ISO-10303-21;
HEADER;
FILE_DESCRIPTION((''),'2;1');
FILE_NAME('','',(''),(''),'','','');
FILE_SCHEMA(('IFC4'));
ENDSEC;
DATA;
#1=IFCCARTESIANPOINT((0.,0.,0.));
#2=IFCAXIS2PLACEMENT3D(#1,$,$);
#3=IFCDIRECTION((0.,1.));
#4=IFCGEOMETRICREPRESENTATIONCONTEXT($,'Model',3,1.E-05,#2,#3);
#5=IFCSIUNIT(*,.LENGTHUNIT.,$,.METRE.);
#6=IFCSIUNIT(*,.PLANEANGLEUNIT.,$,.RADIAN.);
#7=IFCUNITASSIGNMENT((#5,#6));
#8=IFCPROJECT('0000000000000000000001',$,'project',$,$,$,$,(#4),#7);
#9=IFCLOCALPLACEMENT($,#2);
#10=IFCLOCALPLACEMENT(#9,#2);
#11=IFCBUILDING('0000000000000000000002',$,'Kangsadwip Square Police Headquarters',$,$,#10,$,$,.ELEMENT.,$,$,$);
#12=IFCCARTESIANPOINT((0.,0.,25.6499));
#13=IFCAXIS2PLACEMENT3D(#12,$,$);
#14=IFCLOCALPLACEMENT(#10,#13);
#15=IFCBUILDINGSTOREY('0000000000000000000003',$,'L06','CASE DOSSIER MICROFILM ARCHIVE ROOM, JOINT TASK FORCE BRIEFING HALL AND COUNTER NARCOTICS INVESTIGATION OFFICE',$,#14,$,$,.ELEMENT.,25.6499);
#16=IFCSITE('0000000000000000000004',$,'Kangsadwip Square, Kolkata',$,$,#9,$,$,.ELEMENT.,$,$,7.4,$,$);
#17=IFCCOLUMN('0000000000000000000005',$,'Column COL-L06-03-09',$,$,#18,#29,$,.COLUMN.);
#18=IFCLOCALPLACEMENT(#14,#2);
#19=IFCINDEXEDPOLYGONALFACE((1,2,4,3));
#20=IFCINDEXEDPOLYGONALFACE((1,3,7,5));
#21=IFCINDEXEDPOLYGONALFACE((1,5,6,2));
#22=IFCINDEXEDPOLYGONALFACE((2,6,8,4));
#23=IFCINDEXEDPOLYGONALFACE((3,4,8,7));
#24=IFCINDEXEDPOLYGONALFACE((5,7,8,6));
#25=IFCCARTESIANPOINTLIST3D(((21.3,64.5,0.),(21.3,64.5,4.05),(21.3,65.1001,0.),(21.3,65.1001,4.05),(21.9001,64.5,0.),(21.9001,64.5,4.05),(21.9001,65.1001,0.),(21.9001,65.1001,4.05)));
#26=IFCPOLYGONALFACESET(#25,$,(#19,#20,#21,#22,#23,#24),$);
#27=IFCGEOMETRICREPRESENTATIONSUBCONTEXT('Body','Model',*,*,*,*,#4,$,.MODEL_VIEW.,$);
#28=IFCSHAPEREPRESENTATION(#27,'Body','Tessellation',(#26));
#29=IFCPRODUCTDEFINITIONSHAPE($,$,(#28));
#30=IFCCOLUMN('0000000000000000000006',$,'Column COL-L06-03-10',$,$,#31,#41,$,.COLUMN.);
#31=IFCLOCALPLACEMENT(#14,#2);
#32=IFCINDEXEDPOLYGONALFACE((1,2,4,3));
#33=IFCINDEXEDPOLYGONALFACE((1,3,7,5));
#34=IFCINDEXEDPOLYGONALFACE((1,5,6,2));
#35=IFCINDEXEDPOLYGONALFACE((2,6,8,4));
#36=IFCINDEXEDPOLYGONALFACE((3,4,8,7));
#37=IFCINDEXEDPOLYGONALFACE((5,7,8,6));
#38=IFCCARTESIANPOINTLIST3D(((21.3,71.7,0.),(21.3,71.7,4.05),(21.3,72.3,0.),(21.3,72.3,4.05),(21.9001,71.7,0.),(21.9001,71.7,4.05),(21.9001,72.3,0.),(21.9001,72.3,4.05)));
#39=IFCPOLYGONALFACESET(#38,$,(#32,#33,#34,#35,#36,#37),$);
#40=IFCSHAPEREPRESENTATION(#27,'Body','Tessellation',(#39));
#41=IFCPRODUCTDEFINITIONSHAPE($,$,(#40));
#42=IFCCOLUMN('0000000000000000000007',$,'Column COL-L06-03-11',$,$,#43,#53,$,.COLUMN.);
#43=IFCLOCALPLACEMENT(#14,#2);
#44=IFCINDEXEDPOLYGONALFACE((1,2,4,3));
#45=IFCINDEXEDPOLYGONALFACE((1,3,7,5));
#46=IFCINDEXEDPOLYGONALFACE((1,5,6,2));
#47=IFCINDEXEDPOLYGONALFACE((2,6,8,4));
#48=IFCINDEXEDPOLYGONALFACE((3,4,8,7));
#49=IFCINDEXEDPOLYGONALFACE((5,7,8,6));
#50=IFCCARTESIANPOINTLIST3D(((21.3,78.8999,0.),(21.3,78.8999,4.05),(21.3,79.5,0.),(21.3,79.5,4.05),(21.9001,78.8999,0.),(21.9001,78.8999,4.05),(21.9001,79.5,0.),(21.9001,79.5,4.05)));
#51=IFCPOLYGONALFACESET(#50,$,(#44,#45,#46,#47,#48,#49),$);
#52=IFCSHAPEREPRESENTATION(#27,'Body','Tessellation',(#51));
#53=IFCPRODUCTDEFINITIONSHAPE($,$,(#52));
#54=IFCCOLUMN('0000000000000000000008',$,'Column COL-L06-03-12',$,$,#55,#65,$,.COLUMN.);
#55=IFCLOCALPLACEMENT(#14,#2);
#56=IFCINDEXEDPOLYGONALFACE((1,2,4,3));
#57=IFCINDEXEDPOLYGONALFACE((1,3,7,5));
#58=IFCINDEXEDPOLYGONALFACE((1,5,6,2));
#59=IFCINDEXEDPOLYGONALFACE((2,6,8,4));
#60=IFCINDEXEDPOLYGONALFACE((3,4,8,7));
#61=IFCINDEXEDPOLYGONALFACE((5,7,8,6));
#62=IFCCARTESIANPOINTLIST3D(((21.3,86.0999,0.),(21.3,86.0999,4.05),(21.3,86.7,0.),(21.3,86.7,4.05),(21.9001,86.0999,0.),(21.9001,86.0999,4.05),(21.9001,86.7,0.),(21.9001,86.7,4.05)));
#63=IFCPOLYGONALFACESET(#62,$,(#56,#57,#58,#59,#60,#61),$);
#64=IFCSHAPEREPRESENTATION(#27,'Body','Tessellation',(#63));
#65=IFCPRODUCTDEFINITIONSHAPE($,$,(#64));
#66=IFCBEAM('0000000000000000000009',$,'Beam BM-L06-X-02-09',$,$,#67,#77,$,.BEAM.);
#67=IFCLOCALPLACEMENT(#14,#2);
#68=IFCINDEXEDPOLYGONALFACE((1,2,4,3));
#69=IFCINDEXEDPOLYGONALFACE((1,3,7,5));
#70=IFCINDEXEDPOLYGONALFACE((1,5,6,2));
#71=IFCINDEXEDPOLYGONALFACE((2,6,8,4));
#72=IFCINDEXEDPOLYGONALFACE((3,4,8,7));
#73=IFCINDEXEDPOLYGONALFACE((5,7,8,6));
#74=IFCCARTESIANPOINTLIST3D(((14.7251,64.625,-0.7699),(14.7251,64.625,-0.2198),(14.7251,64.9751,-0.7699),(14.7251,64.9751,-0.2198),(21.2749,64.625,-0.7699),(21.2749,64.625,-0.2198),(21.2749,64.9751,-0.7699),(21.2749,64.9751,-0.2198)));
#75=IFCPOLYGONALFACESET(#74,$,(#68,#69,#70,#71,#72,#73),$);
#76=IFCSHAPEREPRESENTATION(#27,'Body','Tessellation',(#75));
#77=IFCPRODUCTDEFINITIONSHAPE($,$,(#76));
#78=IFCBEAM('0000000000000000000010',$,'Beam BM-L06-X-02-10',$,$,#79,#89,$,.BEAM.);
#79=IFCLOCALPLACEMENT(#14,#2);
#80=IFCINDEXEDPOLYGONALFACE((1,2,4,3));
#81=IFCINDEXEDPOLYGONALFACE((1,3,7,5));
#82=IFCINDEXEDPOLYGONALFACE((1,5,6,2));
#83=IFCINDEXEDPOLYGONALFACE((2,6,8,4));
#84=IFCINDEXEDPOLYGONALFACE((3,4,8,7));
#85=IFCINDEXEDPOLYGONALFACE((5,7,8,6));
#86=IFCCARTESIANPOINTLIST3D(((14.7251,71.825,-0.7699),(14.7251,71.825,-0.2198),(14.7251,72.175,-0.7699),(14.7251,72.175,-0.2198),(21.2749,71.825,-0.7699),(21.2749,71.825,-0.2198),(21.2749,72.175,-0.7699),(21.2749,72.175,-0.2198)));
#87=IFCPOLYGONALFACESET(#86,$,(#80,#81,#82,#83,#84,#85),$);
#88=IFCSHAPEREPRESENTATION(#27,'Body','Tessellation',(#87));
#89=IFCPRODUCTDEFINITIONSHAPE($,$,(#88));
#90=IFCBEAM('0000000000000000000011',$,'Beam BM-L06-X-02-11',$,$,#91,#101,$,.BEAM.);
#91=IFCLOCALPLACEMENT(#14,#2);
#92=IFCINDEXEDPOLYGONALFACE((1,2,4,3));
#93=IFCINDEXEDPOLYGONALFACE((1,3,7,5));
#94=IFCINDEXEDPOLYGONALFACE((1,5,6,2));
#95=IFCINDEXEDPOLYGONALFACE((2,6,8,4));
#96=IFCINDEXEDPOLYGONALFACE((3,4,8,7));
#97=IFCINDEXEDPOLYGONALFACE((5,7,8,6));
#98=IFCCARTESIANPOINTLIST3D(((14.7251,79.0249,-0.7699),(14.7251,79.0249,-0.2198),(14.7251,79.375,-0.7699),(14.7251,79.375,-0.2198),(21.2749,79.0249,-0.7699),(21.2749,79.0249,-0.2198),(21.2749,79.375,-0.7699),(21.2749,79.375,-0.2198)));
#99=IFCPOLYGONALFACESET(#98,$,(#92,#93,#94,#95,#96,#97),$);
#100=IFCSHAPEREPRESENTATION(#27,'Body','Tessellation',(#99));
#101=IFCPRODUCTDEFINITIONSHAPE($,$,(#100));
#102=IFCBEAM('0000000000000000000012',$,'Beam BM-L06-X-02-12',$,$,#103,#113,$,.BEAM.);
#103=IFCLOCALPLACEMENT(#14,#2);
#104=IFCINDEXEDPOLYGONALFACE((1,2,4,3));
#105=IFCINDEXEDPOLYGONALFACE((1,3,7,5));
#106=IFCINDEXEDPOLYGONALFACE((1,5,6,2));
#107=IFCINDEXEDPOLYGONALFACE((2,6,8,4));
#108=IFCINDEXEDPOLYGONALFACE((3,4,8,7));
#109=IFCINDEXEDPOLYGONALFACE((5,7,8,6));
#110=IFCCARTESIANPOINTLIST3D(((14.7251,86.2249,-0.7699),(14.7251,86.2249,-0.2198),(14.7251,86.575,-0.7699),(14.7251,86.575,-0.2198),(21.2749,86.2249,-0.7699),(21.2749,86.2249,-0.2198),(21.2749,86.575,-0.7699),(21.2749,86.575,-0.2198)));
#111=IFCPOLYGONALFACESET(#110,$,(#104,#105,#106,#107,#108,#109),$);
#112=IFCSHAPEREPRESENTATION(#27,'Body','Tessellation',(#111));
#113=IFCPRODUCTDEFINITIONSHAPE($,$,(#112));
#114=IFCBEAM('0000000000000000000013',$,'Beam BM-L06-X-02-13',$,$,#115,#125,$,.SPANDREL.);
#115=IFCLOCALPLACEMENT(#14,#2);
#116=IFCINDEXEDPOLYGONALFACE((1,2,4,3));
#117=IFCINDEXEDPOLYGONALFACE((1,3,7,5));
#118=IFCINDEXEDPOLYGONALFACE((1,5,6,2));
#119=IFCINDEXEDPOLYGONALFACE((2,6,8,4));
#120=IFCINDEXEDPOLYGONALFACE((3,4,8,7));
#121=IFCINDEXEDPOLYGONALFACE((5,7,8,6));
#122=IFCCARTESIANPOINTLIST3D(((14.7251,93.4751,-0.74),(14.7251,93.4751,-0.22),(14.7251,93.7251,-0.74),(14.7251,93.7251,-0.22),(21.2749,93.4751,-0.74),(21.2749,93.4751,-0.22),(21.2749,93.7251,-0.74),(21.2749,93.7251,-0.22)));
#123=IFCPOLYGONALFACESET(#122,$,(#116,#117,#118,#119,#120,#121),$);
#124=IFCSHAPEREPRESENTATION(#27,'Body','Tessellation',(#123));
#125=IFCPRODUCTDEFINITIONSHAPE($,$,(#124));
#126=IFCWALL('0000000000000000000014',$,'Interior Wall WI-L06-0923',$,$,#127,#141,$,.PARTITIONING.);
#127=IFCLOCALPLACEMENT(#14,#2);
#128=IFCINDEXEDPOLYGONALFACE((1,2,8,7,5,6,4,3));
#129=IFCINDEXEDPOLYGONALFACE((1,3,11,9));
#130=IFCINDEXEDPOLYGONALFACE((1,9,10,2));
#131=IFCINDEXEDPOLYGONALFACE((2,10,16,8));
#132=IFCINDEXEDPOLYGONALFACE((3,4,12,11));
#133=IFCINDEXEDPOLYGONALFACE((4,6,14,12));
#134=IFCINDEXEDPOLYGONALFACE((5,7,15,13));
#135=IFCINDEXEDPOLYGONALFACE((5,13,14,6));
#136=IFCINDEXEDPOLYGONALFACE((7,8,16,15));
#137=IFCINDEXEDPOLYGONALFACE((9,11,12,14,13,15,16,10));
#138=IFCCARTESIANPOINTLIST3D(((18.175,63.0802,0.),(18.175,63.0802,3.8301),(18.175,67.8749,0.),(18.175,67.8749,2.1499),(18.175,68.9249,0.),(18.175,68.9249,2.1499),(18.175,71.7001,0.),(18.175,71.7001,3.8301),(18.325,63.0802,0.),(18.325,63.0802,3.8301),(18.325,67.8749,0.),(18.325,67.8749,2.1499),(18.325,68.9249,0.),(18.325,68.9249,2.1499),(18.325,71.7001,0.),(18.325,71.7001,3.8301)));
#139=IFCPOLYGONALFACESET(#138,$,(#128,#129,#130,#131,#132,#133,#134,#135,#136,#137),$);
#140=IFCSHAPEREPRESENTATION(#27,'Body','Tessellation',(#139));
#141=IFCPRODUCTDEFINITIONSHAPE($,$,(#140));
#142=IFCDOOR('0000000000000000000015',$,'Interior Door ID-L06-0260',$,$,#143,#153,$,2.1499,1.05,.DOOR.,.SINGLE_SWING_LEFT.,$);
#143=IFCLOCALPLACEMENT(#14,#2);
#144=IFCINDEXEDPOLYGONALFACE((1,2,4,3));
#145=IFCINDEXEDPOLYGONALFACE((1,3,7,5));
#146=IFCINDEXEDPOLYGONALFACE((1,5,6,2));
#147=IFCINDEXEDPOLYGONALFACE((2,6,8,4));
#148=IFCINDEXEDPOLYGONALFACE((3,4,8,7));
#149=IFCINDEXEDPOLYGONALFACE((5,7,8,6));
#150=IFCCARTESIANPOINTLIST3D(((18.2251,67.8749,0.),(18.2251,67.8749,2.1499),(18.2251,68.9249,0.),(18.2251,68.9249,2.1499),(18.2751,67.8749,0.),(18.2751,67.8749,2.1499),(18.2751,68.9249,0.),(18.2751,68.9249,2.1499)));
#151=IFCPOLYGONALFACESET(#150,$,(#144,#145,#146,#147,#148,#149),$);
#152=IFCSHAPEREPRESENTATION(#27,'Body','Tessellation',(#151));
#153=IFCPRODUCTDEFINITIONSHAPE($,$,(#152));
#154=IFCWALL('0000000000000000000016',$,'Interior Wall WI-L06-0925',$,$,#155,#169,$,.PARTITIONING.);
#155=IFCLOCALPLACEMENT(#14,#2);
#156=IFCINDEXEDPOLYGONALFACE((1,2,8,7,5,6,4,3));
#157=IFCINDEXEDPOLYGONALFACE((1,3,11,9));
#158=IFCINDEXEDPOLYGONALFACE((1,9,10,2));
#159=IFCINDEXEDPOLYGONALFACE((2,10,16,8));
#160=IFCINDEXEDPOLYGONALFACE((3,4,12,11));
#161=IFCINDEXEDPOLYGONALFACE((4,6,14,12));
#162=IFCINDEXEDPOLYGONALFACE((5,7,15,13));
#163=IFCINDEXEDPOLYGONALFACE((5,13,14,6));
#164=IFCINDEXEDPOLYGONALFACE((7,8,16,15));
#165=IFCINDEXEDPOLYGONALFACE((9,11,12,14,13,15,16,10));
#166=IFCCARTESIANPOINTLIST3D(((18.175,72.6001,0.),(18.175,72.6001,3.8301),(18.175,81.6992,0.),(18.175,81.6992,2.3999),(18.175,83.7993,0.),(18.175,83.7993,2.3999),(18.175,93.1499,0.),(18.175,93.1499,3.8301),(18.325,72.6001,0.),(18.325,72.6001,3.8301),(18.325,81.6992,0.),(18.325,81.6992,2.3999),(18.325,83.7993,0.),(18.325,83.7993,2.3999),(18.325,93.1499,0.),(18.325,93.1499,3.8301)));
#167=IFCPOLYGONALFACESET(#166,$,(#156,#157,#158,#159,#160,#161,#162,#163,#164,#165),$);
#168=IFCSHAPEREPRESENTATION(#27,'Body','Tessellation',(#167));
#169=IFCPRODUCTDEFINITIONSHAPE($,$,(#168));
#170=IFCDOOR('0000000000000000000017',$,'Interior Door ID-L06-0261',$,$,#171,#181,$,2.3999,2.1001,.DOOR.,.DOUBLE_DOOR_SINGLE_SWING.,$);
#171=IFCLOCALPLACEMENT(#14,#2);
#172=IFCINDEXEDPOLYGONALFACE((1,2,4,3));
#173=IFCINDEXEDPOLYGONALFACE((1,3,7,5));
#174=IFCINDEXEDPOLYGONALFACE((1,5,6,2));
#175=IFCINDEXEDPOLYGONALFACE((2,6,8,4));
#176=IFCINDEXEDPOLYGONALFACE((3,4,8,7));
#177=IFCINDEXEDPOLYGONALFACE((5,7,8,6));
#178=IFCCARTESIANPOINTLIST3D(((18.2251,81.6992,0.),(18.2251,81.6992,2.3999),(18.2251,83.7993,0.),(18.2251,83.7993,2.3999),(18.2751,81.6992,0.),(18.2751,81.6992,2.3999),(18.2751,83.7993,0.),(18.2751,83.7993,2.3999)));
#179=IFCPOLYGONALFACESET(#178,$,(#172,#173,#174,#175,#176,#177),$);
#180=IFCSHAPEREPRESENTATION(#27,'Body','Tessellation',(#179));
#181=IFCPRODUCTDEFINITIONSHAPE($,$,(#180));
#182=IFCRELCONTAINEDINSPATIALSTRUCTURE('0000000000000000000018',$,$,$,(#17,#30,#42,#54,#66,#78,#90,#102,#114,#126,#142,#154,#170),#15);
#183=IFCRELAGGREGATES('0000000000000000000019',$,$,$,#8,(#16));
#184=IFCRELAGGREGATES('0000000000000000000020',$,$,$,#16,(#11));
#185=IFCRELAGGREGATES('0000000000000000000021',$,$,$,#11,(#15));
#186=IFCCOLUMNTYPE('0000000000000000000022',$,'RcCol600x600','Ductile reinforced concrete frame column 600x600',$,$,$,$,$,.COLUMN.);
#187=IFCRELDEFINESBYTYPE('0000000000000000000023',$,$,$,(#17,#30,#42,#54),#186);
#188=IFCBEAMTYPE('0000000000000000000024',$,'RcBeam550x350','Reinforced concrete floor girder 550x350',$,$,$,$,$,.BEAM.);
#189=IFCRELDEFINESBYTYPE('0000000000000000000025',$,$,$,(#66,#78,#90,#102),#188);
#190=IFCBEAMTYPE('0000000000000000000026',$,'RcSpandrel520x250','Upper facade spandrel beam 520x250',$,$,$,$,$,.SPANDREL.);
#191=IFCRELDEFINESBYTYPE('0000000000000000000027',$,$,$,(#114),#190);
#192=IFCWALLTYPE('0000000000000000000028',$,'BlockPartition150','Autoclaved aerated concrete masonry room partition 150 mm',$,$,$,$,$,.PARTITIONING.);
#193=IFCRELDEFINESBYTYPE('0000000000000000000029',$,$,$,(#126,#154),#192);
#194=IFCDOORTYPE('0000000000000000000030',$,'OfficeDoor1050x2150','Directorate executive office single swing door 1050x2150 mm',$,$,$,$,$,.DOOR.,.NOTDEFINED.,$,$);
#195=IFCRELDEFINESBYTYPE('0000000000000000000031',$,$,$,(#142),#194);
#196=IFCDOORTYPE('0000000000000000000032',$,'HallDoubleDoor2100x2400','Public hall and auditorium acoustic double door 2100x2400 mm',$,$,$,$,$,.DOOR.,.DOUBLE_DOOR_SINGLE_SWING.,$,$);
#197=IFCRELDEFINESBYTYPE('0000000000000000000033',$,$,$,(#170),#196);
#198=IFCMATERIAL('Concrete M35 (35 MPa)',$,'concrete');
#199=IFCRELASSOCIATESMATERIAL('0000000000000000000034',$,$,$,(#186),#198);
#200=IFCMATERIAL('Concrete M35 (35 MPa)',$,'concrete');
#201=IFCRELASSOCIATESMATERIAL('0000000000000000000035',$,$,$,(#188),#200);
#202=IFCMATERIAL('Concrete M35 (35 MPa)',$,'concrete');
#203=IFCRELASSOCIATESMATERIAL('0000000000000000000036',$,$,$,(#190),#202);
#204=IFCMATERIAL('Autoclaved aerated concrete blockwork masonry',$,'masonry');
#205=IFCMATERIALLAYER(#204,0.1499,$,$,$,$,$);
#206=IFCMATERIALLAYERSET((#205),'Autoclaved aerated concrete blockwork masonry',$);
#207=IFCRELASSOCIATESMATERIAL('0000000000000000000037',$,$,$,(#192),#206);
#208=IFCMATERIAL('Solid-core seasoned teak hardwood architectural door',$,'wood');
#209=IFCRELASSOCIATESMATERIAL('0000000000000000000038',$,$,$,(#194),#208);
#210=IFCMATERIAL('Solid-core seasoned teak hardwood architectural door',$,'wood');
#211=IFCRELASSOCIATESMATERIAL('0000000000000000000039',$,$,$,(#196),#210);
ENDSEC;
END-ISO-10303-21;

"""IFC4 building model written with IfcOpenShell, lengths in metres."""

from ifc_helpers import new_model, si_unit, direction, frame, frame_2d, origin, origin_2d, place, context, subcontext, project, spatial, rectangle, extrude, material, layer, layer_set, material_profile, profile_set, type_object, element, fill, save


model = new_model("IFC4")

# Units and contexts
model_context = context("Model", 3, precision=1e-05, world=origin(), true_north=direction((0.0, 1.0)))
body_context = subcontext(model_context, "Body", "Model", "MODEL_VIEW")
ifc_project = project(units=[si_unit("LENGTHUNIT", "METRE"), si_unit("PLANEANGLEUNIT", "RADIAN")], contexts=[model_context])

# Site, building, storey
site_placement = place(None, origin())
site = spatial("IfcSite", under=ifc_project, at=site_placement, Name="Kangsadwip Square, Kolkata", CompositionType="ELEMENT", RefElevation=7.4)
building_placement = place(site_placement, origin())
building = spatial("IfcBuilding", under=site, at=building_placement, Name="Kangsadwip Square Police Headquarters", CompositionType="ELEMENT")
storey_placement = place(building_placement, frame((0.0, 0.0, 25.6499)))
storey = spatial("IfcBuildingStorey", under=building, at=storey_placement, Name="L06", Description="CASE DOSSIER MICROFILM ARCHIVE ROOM, JOINT TASK FORCE BRIEFING HALL AND COUNTER NARCOTICS INVESTIGATION OFFICE", CompositionType="ELEMENT", Elevation=25.6499)

# Columns
ifc_material_1 = material(Name="Concrete M35 (35 MPa)", Category="concrete")
ifc_material_profile_1 = material_profile(ifc_material_1, rectangle(XDim=0.6001, YDim=0.6001, at=origin_2d()), Name="RC COL 600X600")
ifc_profile_set_1 = profile_set([ifc_material_profile_1], Name="Concrete M35 (35 MPa)")
column_type = type_object("IfcColumnType", Name="RcCol600x600", Description="Ductile reinforced concrete frame column 600x600", PredefinedType="COLUMN", material=ifc_profile_set_1)
for number, where, z_axis, x_axis, name in (
    (1, (21.6001, 64.8, 0.0), (0.0, 0.0, 1.0), (1.0, 0.0, 0.0), "Column COL-L06-03-09"),
    (2, (21.6001, 72.0, 0.0), (0.0, 0.0, 1.0), (1.0, 0.0, 0.0), "Column COL-L06-03-10"),
    (3, (21.6001, 79.2, 0.0), (0.0, 0.0, 1.0), (1.0, 0.0, 0.0), "Column COL-L06-03-11"),
    (4, (21.6001, 86.3999, 0.0), (0.0, 0.0, 1.0), (1.0, 0.0, 0.0), "Column COL-L06-03-12"),
):
    element("IfcColumn", number, at=place(storey_placement, frame(where, z_axis=z_axis, x_axis=x_axis)), inside=storey, type_object=column_type, Name=name, PredefinedType="COLUMN", context=body_context, shape_type="SweptSolid", body=[
        extrude(rectangle(XDim=0.6001, YDim=0.6001, at=origin_2d()), origin(), (0.0, 0.0, 1.0), 4.05),
    ])

# Beams
ifc_material_2 = material(Name="Concrete M35 (35 MPa)", Category="concrete")
ifc_material_profile_2 = material_profile(ifc_material_2, rectangle(XDim=0.3501, YDim=0.55, at=origin_2d()), Name="RC BM 550X350")
ifc_profile_set_2 = profile_set([ifc_material_profile_2], Name="Concrete M35 (35 MPa)")
beam_type_1 = type_object("IfcBeamType", Name="RcBeam550x350", Description="Reinforced concrete floor girder 550x350", PredefinedType="BEAM", material=ifc_profile_set_2)
for number, where, z_axis, x_axis, name in (
    (5, (14.7251, 64.8, -0.4949), (1.0, 0.0, 0.0), (0.0, 1.0, 0.0), "Beam BM-L06-X-02-09"),
    (6, (14.7251, 72.0, -0.4949), (1.0, 0.0, 0.0), (0.0, 1.0, 0.0), "Beam BM-L06-X-02-10"),
    (7, (14.7251, 79.2, -0.4949), (1.0, 0.0, 0.0), (0.0, 1.0, 0.0), "Beam BM-L06-X-02-11"),
    (8, (14.7251, 86.3999, -0.4949), (1.0, 0.0, 0.0), (0.0, 1.0, 0.0), "Beam BM-L06-X-02-12"),
):
    element("IfcBeam", number, at=place(storey_placement, frame(where, z_axis=z_axis, x_axis=x_axis)), inside=storey, type_object=beam_type_1, Name=name, PredefinedType="BEAM", context=body_context, shape_type="SweptSolid", body=[
        extrude(rectangle(XDim=0.3501, YDim=0.55, at=origin_2d()), origin(), (0.0, 0.0, 1.0), 6.5498),
    ])
ifc_material_3 = material(Name="Concrete M35 (35 MPa)", Category="concrete")
ifc_material_profile_3 = material_profile(ifc_material_3, rectangle(XDim=0.25, YDim=0.52, at=origin_2d()), Name="RC SPN 520X250")
ifc_profile_set_3 = profile_set([ifc_material_profile_3], Name="Concrete M35 (35 MPa)")
beam_type_2 = type_object("IfcBeamType", Name="RcSpandrel520x250", Description="Upper facade spandrel beam 520x250", PredefinedType="SPANDREL", material=ifc_profile_set_3)
beam_placement = place(storey_placement, frame((14.7251, 93.6001, -0.48), z_axis=(1.0, 0.0, 0.0), x_axis=(0.0, 1.0, 0.0)))
element("IfcBeam", 9, at=beam_placement, inside=storey, type_object=beam_type_2, Name="Beam BM-L06-X-02-13", PredefinedType="SPANDREL", context=body_context, shape_type="SweptSolid", body=[
    extrude(rectangle(XDim=0.25, YDim=0.52, at=origin_2d()), origin(), (0.0, 0.0, 1.0), 6.5498),
])

# Walls, openings, doors
ifc_material_4 = material(Name="Autoclaved aerated concrete blockwork masonry", Category="masonry")
ifc_layer_1 = layer(ifc_material_4, 0.1499)
ifc_layer_set_1 = layer_set([ifc_layer_1], Name="Autoclaved aerated concrete blockwork masonry")
wall_type_1 = type_object("IfcWallType", Name="BlockPartition150", Description="Autoclaved aerated concrete masonry room partition 150 mm", PredefinedType="PARTITIONING", material=ifc_layer_set_1)
wall_1_placement = place(storey_placement, frame((18.25, 63.0801, 0.0), z_axis=(0.0, 0.0, 1.0), x_axis=(0.0, 1.0, 0.0)))
wall_1 = element("IfcWall", 10, at=wall_1_placement, inside=storey, type_object=wall_type_1, Name="Interior Wall WI-L06-0923", PredefinedType="PARTITIONING", context=body_context, shape_type="SweptSolid", body=[
    extrude(rectangle(XDim=8.6199, YDim=0.1499, at=frame_2d((4.3101, 0.0))), origin(), (0.0, 0.0, 1.0), 3.8301),
])
opening_1_placement = place(wall_1_placement, frame((4.7949, 0.0, 0.0)))
opening_1 = element("IfcOpeningElement", 11, at=opening_1_placement, cuts=wall_1, PredefinedType="OPENING", context=body_context, shape_type="SweptSolid", body=[
    extrude(rectangle(XDim=1.05, YDim=2.1499, at=frame_2d((0.5249, 1.075))), frame((0.0, 0.085, 0.0), z_axis=(0.0, -1.0, 0.0), x_axis=(1.0, 0.0, 0.0)), (0.0, 0.0, 1.0), 0.1699),
])
ifc_material_5 = material(Name="Solid-core seasoned teak hardwood architectural door", Category="wood")
door_type_1 = type_object("IfcDoorType", Name="OfficeDoor1050x2150", Description="Directorate executive office single swing door 1050x2150 mm", OperationType="NOTDEFINED", PredefinedType="DOOR", material=ifc_material_5)
door_1_placement = place(opening_1_placement, origin())
door_1 = element("IfcDoor", 12, at=door_1_placement, inside=storey, type_object=door_type_1, Name="Interior Door ID-L06-0260", OperationType="SINGLE_SWING_LEFT", OverallHeight=2.1499, OverallWidth=1.05, PredefinedType="DOOR", context=body_context, shape_type="SweptSolid", body=[
    extrude(rectangle(XDim=1.05, YDim=2.1499, at=frame_2d((0.5249, 1.075))), frame((0.0, 0.0249, 0.0), z_axis=(0.0, -1.0, 0.0), x_axis=(1.0, 0.0, 0.0)), (0.0, 0.0, 1.0), 0.05),
])
fill(opening_1, door_1)
wall_2_placement = place(storey_placement, frame((18.25, 72.6001, 0.0), z_axis=(0.0, 0.0, 1.0), x_axis=(0.0, 1.0, 0.0)))
wall_2 = element("IfcWall", 13, at=wall_2_placement, inside=storey, type_object=wall_type_1, Name="Interior Wall WI-L06-0925", PredefinedType="PARTITIONING", context=body_context, shape_type="SweptSolid", body=[
    extrude(rectangle(XDim=20.5498, YDim=0.1499, at=frame_2d((10.2749, 0.0))), origin(), (0.0, 0.0, 1.0), 3.8301),
])
opening_2_placement = place(wall_2_placement, frame((9.0991, 0.0, 0.0)))
opening_2 = element("IfcOpeningElement", 14, at=opening_2_placement, cuts=wall_2, PredefinedType="OPENING", context=body_context, shape_type="SweptSolid", body=[
    extrude(rectangle(XDim=2.1001, YDim=2.3999, at=frame_2d((1.05, 1.2))), frame((0.0, 0.085, 0.0), z_axis=(0.0, -1.0, 0.0), x_axis=(1.0, 0.0, 0.0)), (0.0, 0.0, 1.0), 0.1699),
])
ifc_material_6 = material(Name="Solid-core seasoned teak hardwood architectural door", Category="wood")
door_type_2 = type_object("IfcDoorType", Name="HallDoubleDoor2100x2400", Description="Public hall and auditorium acoustic double door 2100x2400 mm", OperationType="DOUBLE_DOOR_SINGLE_SWING", PredefinedType="DOOR", material=ifc_material_6)
door_2_placement = place(opening_2_placement, origin())
door_2 = element("IfcDoor", 15, at=door_2_placement, inside=storey, type_object=door_type_2, Name="Interior Door ID-L06-0261", OperationType="DOUBLE_DOOR_SINGLE_SWING", OverallHeight=2.3999, OverallWidth=2.1001, PredefinedType="DOOR", context=body_context, shape_type="SweptSolid", body=[
    extrude(rectangle(XDim=2.1001, YDim=2.3999, at=frame_2d((1.05, 1.2))), frame((0.0, 0.0249, 0.0), z_axis=(0.0, -1.0, 0.0), x_axis=(1.0, 0.0, 0.0)), (0.0, 0.0, 1.0), 0.05),
])
fill(opening_2, door_2)

save(model, "model.ifc")
